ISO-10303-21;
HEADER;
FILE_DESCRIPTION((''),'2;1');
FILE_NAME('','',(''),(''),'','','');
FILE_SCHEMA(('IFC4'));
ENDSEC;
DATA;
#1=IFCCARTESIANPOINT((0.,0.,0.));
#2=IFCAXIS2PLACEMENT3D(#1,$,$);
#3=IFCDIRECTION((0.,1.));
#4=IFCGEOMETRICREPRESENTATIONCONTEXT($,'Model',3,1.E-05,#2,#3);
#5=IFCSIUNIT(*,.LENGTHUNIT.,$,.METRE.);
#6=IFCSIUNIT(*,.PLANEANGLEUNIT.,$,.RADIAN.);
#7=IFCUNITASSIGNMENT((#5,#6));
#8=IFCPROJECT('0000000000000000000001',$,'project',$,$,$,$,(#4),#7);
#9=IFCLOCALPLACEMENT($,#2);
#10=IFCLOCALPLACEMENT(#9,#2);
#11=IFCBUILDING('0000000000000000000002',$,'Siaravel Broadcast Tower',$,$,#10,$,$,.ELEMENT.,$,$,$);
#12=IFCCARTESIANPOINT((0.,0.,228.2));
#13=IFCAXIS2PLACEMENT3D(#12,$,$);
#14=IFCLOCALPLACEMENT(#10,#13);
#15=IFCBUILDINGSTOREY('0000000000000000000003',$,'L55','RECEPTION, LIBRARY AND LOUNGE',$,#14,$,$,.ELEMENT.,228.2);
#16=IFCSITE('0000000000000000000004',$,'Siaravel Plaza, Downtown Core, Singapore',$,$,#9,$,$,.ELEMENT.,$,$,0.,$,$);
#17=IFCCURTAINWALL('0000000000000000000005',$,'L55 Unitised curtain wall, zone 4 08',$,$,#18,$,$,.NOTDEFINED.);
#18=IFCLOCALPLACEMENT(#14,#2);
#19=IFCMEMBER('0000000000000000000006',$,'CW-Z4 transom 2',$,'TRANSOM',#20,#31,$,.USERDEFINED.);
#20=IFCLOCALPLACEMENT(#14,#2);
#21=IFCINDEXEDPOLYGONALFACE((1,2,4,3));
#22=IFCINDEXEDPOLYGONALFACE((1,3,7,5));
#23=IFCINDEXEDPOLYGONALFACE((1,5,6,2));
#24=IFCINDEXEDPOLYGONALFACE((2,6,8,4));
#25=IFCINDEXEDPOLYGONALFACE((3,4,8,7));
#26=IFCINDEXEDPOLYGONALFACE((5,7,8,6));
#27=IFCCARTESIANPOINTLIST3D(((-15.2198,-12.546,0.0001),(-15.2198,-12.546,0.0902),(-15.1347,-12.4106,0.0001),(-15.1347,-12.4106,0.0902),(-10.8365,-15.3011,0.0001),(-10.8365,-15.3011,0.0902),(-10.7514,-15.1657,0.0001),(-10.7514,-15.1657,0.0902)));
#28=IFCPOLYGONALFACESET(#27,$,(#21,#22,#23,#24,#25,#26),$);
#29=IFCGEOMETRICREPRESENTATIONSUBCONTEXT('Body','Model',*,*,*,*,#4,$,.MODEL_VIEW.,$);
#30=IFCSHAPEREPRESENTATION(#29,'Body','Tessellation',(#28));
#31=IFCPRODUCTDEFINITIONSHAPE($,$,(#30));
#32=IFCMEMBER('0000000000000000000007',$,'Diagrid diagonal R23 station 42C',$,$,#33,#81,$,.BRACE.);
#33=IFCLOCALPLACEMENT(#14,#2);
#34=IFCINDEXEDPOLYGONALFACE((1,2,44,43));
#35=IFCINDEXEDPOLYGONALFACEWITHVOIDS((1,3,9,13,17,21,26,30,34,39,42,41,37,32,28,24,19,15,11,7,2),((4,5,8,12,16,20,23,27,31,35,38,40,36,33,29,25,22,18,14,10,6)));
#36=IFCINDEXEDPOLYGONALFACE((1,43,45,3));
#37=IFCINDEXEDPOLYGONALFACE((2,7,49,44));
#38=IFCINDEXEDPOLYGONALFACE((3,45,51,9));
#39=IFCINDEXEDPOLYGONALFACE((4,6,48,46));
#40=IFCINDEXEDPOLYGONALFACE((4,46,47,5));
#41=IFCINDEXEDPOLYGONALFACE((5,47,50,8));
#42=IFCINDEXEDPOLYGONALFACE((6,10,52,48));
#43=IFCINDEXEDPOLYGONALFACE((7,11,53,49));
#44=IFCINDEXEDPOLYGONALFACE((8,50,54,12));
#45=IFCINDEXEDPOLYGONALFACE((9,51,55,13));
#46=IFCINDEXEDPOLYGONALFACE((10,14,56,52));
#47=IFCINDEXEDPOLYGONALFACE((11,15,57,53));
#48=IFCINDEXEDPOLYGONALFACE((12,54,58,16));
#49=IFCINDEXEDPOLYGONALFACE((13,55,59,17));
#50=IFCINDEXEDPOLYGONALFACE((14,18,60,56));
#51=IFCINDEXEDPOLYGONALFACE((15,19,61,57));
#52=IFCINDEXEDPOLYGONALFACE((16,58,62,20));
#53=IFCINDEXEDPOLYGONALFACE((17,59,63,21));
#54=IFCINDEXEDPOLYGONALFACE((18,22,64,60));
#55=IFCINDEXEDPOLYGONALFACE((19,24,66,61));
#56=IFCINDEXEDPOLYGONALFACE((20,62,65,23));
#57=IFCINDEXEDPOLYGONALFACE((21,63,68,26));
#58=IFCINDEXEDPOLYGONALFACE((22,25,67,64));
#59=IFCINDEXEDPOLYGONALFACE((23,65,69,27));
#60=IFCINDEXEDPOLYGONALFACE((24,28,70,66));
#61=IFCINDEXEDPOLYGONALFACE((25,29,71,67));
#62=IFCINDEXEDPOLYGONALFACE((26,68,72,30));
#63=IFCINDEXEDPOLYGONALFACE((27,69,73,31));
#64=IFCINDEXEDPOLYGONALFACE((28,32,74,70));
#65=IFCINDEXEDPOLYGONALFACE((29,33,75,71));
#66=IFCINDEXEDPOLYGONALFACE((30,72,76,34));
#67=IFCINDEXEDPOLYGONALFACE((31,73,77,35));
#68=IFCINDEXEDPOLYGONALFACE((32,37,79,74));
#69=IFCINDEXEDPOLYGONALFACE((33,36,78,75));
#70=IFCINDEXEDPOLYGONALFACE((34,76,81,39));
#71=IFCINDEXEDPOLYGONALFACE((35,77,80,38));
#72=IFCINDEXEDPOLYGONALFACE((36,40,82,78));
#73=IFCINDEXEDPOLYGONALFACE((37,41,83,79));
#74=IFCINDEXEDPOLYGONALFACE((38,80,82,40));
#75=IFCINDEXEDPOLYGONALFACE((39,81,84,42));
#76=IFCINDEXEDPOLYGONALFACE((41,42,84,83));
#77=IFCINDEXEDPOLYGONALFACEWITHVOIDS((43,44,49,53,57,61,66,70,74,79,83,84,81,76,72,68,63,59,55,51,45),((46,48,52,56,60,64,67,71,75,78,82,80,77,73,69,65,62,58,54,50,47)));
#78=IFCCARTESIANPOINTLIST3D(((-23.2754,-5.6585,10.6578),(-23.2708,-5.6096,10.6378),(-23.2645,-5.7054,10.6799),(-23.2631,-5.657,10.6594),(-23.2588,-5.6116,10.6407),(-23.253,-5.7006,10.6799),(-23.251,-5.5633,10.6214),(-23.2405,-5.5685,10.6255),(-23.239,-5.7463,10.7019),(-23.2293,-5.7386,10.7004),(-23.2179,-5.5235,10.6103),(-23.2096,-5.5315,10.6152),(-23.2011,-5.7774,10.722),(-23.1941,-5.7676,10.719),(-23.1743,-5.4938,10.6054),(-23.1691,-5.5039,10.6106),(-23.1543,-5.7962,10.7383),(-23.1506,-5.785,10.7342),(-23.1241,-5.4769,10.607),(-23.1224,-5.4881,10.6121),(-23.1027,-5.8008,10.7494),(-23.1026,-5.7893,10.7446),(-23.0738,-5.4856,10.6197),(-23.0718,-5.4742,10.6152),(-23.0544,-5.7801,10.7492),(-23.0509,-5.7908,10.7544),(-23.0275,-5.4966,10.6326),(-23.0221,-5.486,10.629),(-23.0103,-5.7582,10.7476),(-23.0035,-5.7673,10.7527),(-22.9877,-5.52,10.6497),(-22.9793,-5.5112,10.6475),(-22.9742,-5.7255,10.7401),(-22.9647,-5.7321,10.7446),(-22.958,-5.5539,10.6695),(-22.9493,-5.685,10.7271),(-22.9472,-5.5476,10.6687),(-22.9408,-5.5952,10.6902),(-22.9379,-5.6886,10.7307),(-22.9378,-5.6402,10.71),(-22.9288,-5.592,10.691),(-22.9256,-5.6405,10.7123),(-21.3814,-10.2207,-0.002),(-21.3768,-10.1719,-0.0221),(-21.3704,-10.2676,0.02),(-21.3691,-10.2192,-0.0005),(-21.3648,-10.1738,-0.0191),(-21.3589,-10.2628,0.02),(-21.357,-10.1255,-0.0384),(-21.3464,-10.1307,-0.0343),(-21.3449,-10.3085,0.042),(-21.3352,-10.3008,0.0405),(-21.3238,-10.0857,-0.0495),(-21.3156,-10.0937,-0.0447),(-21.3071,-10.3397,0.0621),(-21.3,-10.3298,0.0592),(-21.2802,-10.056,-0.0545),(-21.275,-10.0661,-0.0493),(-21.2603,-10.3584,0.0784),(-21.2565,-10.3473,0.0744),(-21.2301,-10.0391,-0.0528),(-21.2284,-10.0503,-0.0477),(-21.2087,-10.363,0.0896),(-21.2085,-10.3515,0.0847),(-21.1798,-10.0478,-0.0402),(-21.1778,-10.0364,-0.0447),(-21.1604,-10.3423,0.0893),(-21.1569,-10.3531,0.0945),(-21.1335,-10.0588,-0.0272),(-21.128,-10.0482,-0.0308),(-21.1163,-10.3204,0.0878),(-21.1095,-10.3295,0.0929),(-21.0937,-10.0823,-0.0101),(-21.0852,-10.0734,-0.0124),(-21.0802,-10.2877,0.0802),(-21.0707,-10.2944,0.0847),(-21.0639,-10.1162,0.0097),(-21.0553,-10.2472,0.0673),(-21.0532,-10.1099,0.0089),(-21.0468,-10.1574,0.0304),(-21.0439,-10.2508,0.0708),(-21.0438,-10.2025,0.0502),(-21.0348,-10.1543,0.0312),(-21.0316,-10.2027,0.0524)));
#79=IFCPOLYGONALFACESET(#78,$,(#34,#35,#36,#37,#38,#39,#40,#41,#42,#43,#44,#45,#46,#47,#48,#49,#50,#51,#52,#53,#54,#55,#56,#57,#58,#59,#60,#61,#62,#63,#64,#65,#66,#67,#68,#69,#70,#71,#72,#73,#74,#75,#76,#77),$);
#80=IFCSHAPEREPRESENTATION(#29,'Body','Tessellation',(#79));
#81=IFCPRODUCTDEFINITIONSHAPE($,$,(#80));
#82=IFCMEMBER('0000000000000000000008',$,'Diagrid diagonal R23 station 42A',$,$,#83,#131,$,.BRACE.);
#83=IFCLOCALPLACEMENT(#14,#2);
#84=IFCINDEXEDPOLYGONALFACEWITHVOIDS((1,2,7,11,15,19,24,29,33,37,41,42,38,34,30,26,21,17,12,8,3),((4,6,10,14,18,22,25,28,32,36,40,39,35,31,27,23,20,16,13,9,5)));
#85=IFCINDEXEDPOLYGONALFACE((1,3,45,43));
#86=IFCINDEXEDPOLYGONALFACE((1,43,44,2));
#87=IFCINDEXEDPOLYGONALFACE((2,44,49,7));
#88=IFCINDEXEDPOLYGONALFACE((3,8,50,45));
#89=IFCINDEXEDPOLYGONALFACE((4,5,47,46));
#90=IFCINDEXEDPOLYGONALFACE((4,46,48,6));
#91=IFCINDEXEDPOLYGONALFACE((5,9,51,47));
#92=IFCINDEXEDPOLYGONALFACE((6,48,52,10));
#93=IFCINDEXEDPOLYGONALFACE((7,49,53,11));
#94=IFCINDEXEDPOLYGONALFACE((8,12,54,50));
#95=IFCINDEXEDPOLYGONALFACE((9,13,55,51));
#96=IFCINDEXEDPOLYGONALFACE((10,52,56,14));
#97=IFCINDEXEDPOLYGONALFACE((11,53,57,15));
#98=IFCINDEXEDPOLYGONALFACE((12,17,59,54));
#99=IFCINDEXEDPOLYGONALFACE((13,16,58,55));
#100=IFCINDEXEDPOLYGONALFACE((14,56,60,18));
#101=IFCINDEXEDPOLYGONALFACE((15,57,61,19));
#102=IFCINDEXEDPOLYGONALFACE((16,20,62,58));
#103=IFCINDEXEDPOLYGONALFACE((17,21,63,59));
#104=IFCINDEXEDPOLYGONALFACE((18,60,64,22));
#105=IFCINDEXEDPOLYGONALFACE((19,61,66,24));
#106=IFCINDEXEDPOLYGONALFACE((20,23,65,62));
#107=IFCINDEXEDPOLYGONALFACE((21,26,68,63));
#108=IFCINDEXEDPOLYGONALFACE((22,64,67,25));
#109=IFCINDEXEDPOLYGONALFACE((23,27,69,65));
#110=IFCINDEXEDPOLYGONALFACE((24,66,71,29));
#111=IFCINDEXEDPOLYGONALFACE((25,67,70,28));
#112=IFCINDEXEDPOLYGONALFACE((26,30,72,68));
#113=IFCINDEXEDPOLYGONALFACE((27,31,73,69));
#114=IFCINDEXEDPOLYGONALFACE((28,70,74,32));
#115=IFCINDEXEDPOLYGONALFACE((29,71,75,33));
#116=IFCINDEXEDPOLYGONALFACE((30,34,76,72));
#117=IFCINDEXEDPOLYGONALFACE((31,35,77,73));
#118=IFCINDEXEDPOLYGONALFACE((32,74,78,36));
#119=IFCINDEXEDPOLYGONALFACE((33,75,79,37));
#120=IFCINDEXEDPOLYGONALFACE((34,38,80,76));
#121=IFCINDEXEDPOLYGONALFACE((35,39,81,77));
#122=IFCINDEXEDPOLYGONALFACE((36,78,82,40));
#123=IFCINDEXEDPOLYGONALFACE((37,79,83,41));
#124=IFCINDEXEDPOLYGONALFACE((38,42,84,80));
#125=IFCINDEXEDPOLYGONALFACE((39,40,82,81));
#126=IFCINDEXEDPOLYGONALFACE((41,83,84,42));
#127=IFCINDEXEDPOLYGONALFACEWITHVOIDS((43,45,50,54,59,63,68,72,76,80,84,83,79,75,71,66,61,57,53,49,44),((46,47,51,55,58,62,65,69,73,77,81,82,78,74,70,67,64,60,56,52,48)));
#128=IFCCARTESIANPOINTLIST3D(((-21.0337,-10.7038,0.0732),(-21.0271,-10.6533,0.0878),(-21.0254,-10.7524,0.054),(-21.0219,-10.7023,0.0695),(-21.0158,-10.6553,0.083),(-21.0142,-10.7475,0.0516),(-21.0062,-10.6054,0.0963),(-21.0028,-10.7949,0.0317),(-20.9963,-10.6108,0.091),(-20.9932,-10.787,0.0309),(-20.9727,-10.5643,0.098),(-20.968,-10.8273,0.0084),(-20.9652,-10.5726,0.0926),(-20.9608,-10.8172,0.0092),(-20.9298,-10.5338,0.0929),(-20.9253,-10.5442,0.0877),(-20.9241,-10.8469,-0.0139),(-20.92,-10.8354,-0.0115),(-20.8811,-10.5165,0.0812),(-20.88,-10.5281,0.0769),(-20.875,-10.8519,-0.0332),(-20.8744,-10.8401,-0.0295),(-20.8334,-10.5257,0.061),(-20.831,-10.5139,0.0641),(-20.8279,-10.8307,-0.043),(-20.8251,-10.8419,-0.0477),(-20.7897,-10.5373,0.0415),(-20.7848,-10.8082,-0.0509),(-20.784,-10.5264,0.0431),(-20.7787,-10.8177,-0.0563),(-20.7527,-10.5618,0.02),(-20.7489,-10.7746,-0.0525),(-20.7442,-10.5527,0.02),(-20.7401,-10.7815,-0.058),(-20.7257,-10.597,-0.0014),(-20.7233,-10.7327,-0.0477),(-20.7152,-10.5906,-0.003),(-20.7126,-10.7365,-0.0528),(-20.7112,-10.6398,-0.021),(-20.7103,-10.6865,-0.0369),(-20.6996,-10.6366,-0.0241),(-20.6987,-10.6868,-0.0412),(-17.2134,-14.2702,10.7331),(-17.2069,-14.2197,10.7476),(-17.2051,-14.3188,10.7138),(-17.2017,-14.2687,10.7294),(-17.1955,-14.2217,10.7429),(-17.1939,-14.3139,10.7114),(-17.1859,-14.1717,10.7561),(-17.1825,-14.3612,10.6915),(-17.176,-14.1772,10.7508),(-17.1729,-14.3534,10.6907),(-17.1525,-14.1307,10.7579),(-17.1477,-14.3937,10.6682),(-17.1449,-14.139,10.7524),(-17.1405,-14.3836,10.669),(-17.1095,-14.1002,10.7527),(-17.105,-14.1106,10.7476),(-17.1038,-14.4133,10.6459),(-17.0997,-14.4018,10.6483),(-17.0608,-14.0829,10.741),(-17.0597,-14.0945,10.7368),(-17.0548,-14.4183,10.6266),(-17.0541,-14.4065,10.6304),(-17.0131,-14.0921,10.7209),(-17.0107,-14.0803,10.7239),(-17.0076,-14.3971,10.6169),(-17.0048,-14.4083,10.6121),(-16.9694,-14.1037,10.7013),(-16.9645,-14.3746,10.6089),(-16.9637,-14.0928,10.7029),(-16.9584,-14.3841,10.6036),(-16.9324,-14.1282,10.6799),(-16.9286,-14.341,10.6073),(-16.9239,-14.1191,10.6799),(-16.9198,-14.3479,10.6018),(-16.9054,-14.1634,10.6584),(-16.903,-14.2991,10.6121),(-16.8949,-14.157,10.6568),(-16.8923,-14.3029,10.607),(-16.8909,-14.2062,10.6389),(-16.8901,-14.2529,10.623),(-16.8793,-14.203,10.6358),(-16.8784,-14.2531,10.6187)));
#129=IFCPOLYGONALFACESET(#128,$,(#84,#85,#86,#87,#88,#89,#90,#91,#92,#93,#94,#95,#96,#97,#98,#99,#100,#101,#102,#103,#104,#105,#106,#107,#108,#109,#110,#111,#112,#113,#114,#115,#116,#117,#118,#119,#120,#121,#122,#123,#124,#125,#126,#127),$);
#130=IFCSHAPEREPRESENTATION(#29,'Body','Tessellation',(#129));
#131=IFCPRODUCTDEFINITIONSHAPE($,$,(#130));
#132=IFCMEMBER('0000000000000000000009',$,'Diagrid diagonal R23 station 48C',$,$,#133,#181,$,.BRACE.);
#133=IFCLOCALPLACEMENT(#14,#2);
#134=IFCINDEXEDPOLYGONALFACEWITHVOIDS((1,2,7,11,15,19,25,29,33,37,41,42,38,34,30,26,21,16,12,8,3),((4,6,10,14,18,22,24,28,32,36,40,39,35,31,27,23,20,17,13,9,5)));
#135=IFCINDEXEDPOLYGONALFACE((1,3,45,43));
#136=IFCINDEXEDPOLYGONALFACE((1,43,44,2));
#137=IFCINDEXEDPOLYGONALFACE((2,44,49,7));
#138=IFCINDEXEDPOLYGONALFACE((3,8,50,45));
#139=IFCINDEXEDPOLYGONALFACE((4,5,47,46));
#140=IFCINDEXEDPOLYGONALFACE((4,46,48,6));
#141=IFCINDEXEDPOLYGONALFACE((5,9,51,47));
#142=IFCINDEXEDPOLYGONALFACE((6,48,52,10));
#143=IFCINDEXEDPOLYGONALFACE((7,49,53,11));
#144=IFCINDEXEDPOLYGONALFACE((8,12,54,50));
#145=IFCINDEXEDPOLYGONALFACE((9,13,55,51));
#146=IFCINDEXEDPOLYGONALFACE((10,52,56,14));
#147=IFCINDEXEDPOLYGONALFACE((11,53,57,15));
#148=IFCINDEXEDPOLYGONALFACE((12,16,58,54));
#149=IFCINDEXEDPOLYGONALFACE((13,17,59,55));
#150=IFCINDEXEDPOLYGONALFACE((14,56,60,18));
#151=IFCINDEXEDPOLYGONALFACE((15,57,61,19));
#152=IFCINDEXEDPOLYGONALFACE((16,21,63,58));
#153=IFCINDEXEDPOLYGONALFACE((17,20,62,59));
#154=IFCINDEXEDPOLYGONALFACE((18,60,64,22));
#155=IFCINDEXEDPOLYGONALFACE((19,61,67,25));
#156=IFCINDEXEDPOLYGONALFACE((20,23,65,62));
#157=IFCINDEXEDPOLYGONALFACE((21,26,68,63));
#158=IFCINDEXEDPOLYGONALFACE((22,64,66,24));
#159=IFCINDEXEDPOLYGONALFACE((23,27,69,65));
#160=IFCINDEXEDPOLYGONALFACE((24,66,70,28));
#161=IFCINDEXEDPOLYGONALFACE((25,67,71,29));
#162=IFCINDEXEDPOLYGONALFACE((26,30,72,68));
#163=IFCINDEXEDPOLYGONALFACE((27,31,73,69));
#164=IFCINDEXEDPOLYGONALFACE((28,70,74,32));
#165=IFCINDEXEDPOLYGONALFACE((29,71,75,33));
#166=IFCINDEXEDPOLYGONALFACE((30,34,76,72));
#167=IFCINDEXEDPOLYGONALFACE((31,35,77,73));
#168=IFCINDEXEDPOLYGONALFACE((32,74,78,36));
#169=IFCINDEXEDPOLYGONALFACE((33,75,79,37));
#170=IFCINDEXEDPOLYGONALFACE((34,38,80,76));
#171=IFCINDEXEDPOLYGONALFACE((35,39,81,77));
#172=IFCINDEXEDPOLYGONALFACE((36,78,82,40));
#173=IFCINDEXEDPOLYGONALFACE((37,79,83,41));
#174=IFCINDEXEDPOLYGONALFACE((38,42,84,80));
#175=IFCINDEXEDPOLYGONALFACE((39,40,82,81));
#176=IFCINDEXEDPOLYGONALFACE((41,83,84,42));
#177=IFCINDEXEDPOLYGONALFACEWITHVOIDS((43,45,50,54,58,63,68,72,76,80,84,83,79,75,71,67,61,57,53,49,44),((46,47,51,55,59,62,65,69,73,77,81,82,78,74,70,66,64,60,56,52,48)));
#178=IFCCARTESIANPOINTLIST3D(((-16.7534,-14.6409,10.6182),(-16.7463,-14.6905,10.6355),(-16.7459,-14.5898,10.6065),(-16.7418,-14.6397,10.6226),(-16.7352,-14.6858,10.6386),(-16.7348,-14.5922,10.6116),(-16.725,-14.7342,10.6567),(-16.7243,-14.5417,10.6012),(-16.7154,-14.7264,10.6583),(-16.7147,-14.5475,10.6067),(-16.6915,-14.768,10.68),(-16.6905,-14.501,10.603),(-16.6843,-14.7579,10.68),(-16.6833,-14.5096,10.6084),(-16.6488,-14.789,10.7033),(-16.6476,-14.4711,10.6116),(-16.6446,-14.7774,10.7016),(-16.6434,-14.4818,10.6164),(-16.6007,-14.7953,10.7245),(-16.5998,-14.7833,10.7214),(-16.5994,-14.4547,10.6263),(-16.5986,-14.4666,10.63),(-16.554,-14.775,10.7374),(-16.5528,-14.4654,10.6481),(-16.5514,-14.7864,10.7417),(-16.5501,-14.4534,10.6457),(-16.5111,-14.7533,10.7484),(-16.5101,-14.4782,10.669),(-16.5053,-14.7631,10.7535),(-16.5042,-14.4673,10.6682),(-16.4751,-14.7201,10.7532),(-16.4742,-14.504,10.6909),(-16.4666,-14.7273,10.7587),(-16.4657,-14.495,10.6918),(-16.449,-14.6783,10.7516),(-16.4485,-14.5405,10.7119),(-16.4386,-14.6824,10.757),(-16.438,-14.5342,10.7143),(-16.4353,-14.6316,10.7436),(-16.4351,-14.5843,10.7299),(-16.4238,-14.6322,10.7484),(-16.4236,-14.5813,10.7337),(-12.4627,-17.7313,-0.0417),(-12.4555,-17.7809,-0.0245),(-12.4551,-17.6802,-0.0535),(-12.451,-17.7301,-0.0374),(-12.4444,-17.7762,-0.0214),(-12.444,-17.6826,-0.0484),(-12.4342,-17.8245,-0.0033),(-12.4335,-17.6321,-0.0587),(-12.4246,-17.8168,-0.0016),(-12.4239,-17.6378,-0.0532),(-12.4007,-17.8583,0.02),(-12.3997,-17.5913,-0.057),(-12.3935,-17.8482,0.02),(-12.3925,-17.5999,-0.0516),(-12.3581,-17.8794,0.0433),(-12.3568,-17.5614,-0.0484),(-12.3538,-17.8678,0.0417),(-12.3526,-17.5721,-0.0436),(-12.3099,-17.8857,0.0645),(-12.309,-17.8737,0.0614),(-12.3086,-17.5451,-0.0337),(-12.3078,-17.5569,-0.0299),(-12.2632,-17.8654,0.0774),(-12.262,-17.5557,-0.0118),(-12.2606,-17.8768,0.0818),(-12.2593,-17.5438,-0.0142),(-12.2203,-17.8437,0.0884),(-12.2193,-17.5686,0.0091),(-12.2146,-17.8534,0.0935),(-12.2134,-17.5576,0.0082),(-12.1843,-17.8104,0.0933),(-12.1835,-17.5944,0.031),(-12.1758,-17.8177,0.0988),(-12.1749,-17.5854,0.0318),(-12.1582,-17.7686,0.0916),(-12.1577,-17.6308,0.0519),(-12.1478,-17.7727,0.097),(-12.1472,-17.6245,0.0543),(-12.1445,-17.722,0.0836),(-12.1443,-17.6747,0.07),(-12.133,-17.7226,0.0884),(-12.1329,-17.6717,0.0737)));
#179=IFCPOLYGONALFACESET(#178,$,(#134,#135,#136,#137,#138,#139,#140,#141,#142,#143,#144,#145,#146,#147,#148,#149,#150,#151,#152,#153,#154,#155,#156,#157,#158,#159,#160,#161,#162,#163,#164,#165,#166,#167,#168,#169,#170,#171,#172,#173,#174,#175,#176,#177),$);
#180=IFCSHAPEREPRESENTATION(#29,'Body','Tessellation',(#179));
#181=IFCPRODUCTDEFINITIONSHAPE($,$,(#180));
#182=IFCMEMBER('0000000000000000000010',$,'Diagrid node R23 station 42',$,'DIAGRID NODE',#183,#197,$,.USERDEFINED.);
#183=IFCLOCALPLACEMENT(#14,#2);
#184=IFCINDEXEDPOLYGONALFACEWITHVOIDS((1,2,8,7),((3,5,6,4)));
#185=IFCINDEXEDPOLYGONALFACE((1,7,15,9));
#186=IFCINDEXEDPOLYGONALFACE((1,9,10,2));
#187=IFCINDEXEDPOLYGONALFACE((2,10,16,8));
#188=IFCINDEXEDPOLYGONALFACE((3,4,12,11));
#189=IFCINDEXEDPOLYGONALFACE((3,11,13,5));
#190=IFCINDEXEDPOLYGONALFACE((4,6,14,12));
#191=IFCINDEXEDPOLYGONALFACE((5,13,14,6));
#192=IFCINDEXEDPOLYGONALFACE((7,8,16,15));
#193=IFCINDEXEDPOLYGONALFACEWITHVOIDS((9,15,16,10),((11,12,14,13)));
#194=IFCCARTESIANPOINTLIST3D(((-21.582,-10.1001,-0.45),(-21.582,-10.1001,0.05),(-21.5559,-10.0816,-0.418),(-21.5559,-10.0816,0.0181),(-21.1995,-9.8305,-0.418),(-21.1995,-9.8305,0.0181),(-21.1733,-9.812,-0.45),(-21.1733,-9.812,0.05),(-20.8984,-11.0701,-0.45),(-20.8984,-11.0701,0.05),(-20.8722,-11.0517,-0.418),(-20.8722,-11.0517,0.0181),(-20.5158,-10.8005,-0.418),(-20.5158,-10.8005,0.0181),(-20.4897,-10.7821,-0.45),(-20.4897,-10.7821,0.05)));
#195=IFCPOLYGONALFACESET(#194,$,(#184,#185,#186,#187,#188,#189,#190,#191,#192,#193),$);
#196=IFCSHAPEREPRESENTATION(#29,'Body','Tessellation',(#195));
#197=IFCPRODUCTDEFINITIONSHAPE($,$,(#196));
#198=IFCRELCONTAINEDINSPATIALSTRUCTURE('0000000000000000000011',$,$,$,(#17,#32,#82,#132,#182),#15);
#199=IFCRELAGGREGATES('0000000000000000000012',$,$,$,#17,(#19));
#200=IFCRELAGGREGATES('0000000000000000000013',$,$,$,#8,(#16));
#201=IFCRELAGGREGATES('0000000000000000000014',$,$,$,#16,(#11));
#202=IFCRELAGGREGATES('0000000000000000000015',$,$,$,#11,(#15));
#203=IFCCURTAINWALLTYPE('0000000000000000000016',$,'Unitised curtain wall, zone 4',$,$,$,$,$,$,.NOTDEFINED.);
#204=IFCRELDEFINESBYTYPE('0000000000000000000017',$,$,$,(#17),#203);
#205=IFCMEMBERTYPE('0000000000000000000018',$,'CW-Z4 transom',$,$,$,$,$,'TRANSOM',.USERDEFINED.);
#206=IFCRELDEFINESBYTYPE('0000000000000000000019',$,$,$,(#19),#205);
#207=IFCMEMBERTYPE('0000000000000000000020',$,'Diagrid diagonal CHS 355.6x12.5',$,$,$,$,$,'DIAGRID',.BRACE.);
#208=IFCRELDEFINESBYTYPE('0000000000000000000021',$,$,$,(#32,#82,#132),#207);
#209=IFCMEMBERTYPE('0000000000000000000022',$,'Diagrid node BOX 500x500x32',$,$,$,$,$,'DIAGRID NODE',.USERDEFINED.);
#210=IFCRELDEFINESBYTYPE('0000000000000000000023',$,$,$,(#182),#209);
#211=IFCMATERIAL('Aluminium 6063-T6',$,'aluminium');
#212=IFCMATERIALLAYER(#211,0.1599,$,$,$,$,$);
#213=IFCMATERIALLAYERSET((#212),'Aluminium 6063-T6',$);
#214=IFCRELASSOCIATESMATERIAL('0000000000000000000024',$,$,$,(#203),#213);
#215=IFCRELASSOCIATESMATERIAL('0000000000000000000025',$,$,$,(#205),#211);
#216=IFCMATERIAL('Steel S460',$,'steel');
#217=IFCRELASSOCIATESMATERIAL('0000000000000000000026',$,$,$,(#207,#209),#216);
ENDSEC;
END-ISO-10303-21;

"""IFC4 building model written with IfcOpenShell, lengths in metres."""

from ifc_helpers import new_model, si_unit, direction, frame, origin, origin_2d, place, context, subcontext, project, spatial, rectangle, hollow_rectangle, hollow_circle, extrude, material, layer, layer_set, material_profile, profile_set, type_object, element, aggregate, save


model = new_model("IFC4")

# Units and contexts
model_context = context("Model", 3, precision=1e-05, world=origin(), true_north=direction((0.0, 1.0)))
body_context = subcontext(model_context, "Body", "Model", "MODEL_VIEW")
ifc_project = project(units=[si_unit("LENGTHUNIT", "METRE"), si_unit("PLANEANGLEUNIT", "RADIAN")], contexts=[model_context])

# Site, building, storey
site_placement = place(None, origin())
site = spatial("IfcSite", under=ifc_project, at=site_placement, Name="Siaravel Plaza, Downtown Core, Singapore", CompositionType="ELEMENT", RefElevation=0.0)
building_placement = place(site_placement, origin())
building = spatial("IfcBuilding", under=site, at=building_placement, Name="Siaravel Broadcast Tower", CompositionType="ELEMENT")
storey_placement = place(building_placement, frame((0.0, 0.0, 228.2)))
storey = spatial("IfcBuildingStorey", under=building, at=storey_placement, Name="L55", Description="RECEPTION, LIBRARY AND LOUNGE", CompositionType="ELEMENT", Elevation=228.2)

# Shared definitions
ifc_material_1 = material(Name="Aluminium 6063-T6", Category="aluminium")
ifc_layer_1 = layer(ifc_material_1, 0.1599)
ifc_layer_set_1 = layer_set([ifc_layer_1], Name="Aluminium 6063-T6")
curtain_wall_type = type_object("IfcCurtainWallType", Name="Unitised curtain wall, zone 4", PredefinedType="NOTDEFINED", material=ifc_layer_set_1)

# Curtain wall, member
curtain_wall_1_placement = place(storey_placement, origin())
curtain_wall_1 = element("IfcCurtainWall", 1, at=curtain_wall_1_placement, inside=storey, type_object=curtain_wall_type, Name="L55 Unitised curtain wall, zone 4 08", PredefinedType="NOTDEFINED")
ifc_material_profile_1 = material_profile(ifc_material_1, rectangle(XDim=0.1599, YDim=0.0901, at=origin_2d()))
ifc_profile_set_1 = profile_set([ifc_material_profile_1], Name="Aluminium 6063-T6")
member_type_1 = type_object("IfcMemberType", Name="CW-Z4 transom", ElementType="TRANSOM", PredefinedType="USERDEFINED", material=ifc_profile_set_1)
member_1_placement = place(storey_placement, frame((-15.1772, -12.4783, 0.0452), z_axis=(0.846644, -0.532159, 0.0), x_axis=(0.532159, 0.846644, 0.0)))
member_1 = element("IfcMember", 2, at=member_1_placement, type_object=member_type_1, Name="CW-Z4 transom 2", ObjectType="TRANSOM", PredefinedType="USERDEFINED", context=body_context, shape_type="SweptSolid", body=[
    extrude(rectangle(XDim=0.1599, YDim=0.0901, at=origin_2d()), origin(), (0.0, 0.0, 1.0), 5.1772),
])

# Members
ifc_material_2 = material(Name="Steel S460", Category="steel")
ifc_material_profile_2 = material_profile(ifc_material_2, hollow_circle(Radius=0.1777, WallThickness=0.0125, at=origin_2d()))
ifc_profile_set_2 = profile_set([ifc_material_profile_2], Name="Steel S460")
member_type_2 = type_object("IfcMemberType", Name="Diagrid diagonal CHS 355.6x12.5", ElementType="DIAGRID", PredefinedType="BRACE", material=ifc_profile_set_2)
member_2_placement = place(storey_placement, frame((-21.2063, -10.1995, 0.02), z_axis=(-0.161211, 0.388315, 0.907316), x_axis=(-0.923572, -0.383425, 0.0)))
element("IfcMember", 3, at=member_2_placement, inside=storey, type_object=member_type_2, Name="Diagrid diagonal R23 station 42C", PredefinedType="BRACE", context=body_context, shape_type="SweptSolid", body=[
    extrude(hollow_circle(Radius=0.1777, WallThickness=0.0125, at=origin_2d()), origin(), (0.0, 0.0, 1.0), 11.7488),
])
member_3_placement = place(storey_placement, frame((-20.8655, -10.6826, 0.02), z_axis=(0.321788, -0.300401, 0.897893), x_axis=(0.682398, 0.730981, 0.0)))
element("IfcMember", 4, at=member_3_placement, inside=storey, type_object=member_type_2, Name="Diagrid diagonal R23 station 42A", PredefinedType="BRACE", context=body_context, shape_type="SweptSolid", body=[
    extrude(hollow_circle(Radius=0.1777, WallThickness=0.0125, at=origin_2d()), origin(), (0.0, 0.0, 1.0), 11.8721),
])
member_4_placement = place(storey_placement, frame((-12.2969, -17.7141, 0.02), z_axis=(-0.360589, 0.259706, 0.89584), x_axis=(-0.584426, -0.811447, 0.0)))
element("IfcMember", 5, at=member_4_placement, inside=storey, type_object=member_type_2, Name="Diagrid diagonal R23 station 48C", PredefinedType="BRACE", context=body_context, shape_type="SweptSolid", body=[
    extrude(hollow_circle(Radius=0.1777, WallThickness=0.0125, at=origin_2d()), origin(), (0.0, 0.0, 1.0), 11.8994),
])
ifc_material_profile_3 = material_profile(ifc_material_2, hollow_rectangle(XDim=0.5, YDim=0.5, WallThickness=0.032, at=origin_2d()))
ifc_profile_set_3 = profile_set([ifc_material_profile_3], Name="Steel S460")
member_type_3 = type_object("IfcMemberType", Name="Diagrid node BOX 500x500x32", ElementType="DIAGRID NODE", PredefinedType="USERDEFINED", material=ifc_profile_set_3)
for number, where, z_axis, x_axis, name in (
    (6, (-21.3777, -9.9561, -0.2), (0.576069, -0.817401, 0.0), (0.817401, 0.576069, 0.0), "Diagrid node R23 station 42"),
):
    element("IfcMember", number, at=place(storey_placement, frame(where, z_axis=z_axis, x_axis=x_axis)), inside=storey, type_object=member_type_3, Name=name, ObjectType="DIAGRID NODE", PredefinedType="USERDEFINED", context=body_context, shape_type="SweptSolid", body=[
        extrude(hollow_rectangle(XDim=0.5, YDim=0.5, WallThickness=0.032, at=origin_2d()), origin(), (0.0, 0.0, 1.0), 1.1868),
    ])

aggregate(curtain_wall_1, [member_1])

save(model, "model.ifc")
